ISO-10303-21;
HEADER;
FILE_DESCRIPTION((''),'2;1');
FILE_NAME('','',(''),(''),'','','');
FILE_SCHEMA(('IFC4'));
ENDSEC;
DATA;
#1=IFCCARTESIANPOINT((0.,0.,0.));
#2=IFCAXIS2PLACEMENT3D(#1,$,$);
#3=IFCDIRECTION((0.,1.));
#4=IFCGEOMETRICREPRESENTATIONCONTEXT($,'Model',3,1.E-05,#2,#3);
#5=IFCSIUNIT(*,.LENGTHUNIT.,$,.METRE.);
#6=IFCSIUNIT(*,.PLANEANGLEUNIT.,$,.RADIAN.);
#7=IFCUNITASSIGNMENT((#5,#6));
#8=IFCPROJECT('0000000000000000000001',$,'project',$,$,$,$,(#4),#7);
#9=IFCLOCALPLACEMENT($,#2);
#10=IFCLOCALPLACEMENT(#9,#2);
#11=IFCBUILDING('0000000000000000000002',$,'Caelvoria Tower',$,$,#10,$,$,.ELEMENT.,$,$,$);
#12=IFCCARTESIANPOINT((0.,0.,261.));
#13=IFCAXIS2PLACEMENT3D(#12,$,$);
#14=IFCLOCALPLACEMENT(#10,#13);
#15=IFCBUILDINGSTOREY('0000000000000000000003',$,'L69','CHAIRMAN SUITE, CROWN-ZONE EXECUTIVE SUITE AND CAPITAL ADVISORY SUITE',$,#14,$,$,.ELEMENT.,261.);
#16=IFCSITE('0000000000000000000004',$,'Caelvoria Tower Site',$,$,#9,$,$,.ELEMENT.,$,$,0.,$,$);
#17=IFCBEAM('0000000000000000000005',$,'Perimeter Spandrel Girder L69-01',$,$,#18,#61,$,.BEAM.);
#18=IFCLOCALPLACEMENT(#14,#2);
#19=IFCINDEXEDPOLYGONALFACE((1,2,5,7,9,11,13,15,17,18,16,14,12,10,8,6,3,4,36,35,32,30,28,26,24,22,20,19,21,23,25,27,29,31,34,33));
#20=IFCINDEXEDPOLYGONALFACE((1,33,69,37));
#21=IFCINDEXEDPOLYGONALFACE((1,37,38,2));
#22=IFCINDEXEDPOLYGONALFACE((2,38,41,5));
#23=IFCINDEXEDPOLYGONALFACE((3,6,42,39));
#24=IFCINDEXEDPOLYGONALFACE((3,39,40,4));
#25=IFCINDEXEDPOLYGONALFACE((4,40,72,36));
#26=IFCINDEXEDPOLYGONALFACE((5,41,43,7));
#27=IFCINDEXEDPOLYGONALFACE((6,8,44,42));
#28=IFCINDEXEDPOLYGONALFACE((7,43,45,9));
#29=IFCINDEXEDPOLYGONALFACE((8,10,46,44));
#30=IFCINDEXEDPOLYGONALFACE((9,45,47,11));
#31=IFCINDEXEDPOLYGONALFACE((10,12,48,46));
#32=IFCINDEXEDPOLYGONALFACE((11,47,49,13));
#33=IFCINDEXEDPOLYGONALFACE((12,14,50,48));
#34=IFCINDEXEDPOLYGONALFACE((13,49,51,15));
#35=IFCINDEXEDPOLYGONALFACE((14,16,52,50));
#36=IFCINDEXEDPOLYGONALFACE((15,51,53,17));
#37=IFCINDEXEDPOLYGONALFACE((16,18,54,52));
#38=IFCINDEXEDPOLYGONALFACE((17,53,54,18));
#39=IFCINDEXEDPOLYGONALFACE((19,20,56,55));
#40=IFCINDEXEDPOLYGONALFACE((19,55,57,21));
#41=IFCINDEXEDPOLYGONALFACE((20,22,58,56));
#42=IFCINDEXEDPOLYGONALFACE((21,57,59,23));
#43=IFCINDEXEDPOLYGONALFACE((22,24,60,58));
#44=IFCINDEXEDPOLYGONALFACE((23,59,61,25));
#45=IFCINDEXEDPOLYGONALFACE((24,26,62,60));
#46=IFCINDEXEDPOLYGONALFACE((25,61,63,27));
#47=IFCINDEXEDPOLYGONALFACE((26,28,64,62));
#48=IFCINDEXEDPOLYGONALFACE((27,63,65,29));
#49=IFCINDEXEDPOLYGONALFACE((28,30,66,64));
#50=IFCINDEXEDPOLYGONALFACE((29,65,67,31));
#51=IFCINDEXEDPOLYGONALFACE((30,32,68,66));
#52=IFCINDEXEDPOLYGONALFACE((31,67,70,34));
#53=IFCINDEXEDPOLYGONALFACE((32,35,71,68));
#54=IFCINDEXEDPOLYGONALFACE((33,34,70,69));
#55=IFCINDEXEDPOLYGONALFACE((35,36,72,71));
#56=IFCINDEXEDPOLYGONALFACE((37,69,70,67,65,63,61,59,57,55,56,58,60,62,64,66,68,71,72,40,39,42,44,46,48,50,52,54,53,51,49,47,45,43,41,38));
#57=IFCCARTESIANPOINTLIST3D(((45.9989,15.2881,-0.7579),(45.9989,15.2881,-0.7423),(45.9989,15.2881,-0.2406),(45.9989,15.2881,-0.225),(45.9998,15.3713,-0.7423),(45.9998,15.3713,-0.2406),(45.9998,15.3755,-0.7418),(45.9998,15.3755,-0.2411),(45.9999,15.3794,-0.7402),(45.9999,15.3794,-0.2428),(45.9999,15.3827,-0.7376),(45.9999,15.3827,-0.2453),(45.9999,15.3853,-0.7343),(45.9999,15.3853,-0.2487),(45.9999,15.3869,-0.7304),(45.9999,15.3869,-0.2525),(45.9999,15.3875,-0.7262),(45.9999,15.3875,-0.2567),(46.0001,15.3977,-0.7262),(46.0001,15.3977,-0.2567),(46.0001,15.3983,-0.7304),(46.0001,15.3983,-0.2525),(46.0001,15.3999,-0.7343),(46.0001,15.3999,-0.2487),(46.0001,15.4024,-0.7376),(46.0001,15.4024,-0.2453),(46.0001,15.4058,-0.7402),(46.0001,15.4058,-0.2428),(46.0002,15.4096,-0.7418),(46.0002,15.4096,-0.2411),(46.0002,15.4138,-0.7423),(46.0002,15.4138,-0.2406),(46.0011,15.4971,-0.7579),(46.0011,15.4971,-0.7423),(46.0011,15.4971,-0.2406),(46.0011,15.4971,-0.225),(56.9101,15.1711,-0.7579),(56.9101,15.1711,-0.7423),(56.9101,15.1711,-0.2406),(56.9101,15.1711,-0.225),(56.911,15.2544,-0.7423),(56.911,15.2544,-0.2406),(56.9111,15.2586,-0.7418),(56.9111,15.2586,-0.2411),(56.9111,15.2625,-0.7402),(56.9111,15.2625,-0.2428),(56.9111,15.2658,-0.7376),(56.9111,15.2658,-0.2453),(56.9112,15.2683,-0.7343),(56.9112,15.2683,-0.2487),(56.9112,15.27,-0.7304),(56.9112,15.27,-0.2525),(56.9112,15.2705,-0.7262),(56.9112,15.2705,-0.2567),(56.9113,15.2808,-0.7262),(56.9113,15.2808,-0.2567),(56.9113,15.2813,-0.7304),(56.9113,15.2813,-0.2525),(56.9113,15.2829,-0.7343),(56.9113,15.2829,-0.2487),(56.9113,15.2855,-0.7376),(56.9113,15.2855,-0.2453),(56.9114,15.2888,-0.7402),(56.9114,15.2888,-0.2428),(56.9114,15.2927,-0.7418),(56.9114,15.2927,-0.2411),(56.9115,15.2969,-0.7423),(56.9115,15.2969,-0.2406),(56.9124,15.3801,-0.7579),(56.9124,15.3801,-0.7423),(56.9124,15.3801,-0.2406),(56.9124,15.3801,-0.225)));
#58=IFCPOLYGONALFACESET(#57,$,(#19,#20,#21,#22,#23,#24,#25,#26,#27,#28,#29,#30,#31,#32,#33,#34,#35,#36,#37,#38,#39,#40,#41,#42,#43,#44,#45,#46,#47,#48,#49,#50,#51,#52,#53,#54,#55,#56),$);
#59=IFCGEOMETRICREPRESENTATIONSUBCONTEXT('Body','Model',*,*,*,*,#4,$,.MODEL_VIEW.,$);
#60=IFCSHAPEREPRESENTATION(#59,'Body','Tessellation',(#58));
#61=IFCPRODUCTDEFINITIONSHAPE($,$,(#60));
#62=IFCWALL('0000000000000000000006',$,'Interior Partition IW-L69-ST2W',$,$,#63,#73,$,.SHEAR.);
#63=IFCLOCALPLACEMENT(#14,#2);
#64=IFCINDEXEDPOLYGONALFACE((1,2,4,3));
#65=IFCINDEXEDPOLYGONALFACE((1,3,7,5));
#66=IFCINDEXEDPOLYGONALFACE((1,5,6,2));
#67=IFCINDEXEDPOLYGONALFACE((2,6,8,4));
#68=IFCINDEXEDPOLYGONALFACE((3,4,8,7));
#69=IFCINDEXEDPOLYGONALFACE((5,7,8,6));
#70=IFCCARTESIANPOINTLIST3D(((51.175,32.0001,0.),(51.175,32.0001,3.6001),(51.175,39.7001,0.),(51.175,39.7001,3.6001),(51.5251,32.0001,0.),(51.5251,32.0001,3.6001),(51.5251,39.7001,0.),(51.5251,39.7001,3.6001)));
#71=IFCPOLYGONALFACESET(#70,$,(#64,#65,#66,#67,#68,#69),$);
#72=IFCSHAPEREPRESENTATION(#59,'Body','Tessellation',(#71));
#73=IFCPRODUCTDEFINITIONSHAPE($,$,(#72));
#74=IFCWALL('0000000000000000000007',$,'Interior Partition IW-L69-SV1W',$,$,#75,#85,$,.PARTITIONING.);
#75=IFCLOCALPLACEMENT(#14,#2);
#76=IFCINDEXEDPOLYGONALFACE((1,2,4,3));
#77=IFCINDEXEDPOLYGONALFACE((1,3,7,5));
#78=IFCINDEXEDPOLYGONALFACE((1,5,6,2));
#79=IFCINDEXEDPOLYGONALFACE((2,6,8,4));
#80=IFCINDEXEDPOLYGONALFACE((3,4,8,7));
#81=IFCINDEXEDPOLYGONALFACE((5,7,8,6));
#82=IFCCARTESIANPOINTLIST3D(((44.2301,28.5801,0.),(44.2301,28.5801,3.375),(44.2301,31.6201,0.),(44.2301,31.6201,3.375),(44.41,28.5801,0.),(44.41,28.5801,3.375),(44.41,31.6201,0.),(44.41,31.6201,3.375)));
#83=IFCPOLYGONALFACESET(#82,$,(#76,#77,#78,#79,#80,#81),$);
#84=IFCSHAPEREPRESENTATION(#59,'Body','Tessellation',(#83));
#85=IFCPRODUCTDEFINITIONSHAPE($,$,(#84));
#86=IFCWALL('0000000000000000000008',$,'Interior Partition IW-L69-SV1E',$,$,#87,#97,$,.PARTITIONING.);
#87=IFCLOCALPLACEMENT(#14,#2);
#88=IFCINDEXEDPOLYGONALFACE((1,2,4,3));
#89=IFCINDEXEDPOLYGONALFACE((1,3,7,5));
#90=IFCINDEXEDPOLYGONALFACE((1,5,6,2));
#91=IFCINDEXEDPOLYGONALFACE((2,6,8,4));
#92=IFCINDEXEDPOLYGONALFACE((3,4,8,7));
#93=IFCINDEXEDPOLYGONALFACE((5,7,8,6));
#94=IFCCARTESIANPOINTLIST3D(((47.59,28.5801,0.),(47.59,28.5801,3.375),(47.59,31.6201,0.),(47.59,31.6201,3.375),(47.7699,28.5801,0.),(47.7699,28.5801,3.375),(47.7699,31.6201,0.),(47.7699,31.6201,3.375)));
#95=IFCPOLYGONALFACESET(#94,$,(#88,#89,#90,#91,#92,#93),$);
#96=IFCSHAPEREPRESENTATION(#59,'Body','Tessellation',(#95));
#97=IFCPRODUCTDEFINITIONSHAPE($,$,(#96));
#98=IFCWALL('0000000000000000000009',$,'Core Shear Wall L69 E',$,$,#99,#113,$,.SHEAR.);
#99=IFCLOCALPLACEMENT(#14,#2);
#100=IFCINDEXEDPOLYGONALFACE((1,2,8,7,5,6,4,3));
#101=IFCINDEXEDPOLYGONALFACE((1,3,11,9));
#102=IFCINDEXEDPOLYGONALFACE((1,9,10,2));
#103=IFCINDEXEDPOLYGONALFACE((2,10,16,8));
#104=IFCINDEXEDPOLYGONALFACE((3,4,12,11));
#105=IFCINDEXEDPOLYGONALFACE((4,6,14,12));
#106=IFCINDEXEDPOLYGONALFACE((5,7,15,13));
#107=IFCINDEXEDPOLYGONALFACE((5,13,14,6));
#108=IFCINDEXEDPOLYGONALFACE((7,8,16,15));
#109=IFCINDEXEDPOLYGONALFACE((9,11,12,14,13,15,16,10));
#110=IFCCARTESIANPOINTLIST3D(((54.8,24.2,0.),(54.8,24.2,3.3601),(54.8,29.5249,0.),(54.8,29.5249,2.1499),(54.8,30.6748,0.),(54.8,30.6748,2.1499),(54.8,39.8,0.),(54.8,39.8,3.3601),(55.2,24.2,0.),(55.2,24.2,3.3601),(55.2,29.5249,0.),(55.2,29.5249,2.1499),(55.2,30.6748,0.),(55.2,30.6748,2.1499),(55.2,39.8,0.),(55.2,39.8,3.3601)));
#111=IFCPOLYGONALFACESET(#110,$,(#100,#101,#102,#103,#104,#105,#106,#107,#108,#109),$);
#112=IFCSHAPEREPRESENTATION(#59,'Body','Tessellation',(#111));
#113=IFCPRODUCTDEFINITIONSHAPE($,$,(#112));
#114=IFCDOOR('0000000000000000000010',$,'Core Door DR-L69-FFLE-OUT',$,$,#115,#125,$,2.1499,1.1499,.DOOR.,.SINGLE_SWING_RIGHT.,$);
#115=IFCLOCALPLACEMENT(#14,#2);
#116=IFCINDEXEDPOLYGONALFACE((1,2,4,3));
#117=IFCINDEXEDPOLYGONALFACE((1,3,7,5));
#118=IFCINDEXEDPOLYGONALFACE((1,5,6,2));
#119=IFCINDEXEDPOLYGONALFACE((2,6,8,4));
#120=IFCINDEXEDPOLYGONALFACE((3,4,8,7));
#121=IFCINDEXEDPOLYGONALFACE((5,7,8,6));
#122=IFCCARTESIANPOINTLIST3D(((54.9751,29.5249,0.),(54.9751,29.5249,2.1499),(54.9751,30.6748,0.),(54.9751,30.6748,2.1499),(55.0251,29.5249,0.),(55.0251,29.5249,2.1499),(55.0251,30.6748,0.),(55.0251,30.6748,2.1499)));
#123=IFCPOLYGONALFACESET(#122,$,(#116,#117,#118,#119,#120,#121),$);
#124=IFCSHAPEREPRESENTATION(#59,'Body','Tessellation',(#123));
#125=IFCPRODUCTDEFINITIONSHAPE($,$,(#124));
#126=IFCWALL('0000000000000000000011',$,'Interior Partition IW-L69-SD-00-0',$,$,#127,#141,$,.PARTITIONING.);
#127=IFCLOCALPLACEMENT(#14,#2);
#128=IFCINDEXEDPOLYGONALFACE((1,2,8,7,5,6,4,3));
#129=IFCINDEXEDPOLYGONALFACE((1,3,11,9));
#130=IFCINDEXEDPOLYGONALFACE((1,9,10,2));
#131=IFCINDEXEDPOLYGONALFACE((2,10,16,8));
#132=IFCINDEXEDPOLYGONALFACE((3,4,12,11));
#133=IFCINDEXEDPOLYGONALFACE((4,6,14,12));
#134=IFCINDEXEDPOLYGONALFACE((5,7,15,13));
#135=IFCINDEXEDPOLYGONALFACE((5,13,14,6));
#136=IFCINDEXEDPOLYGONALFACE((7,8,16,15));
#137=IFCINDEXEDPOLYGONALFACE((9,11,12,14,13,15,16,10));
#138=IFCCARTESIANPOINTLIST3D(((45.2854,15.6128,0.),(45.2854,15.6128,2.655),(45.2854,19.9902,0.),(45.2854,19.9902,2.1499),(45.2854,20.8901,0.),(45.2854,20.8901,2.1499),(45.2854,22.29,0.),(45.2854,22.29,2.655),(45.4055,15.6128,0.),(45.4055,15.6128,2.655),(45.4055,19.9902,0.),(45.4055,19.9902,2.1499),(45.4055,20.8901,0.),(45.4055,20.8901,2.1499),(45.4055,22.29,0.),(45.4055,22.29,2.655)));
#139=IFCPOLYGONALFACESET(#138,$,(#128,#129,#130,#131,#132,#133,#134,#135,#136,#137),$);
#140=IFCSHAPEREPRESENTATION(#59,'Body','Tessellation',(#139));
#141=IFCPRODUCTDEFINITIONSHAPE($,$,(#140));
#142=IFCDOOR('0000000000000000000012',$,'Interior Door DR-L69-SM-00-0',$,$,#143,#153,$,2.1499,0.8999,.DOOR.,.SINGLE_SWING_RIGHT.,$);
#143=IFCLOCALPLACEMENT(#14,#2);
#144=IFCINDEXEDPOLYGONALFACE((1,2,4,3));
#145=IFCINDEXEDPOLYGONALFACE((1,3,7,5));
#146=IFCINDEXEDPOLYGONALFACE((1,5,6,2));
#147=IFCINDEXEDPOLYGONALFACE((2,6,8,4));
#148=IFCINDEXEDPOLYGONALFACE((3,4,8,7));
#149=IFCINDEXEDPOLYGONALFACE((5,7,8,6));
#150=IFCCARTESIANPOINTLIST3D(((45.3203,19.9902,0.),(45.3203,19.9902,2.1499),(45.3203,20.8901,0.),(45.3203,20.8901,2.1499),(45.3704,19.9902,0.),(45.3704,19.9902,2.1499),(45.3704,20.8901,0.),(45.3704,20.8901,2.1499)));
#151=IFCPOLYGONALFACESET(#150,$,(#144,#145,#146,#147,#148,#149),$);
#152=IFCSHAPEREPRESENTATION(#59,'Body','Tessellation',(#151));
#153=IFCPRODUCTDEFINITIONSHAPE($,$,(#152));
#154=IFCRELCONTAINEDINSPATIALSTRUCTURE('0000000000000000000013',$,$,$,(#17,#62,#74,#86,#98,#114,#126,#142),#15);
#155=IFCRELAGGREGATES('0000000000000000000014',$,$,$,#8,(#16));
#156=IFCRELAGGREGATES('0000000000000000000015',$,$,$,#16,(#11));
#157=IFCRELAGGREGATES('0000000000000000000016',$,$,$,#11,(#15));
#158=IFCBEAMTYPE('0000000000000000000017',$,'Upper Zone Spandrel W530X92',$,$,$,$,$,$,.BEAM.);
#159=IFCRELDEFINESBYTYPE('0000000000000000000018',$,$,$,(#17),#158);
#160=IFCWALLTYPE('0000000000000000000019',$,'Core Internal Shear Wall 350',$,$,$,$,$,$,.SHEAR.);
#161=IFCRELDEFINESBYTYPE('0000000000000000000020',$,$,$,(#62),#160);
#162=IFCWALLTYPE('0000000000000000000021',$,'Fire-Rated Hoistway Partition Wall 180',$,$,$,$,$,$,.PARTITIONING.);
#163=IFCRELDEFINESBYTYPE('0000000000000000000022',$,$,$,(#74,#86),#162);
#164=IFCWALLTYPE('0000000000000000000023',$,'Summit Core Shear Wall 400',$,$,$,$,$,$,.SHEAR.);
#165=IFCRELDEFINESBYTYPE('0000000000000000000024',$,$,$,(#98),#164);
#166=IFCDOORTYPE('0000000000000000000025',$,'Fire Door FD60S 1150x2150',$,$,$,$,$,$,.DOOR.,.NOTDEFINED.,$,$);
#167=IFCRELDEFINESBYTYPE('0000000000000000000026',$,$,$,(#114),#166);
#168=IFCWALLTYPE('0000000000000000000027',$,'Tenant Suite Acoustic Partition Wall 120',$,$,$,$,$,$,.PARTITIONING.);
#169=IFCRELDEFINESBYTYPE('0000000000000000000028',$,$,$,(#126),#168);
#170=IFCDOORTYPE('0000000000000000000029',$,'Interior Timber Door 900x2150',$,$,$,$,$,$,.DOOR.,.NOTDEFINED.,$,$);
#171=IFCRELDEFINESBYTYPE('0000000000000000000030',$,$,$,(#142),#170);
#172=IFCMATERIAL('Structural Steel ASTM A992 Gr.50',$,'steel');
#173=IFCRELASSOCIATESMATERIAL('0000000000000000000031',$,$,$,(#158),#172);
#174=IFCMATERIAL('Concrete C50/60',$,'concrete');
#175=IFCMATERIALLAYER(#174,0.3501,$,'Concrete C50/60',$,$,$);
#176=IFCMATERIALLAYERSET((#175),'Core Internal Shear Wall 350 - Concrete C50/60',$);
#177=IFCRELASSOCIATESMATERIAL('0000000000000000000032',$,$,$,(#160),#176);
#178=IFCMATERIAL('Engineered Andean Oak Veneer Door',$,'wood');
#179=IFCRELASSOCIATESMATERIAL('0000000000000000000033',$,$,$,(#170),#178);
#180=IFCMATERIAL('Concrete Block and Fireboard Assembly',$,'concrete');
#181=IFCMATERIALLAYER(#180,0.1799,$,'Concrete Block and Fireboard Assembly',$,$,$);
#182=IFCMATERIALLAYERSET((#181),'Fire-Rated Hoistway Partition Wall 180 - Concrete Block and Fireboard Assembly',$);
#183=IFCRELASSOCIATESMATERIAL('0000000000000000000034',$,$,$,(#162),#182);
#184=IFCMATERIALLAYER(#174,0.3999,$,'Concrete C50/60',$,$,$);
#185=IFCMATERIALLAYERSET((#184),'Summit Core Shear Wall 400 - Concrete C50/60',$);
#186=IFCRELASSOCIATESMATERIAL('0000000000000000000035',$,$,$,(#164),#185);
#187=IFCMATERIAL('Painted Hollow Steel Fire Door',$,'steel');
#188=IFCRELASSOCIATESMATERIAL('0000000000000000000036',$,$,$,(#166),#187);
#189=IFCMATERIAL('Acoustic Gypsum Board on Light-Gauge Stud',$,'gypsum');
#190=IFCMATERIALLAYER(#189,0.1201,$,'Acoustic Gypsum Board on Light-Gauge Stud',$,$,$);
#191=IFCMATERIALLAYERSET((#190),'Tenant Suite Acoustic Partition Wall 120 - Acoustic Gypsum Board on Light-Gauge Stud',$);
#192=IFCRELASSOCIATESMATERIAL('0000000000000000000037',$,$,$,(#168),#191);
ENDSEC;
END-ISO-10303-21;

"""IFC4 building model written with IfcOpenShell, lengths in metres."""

from ifc_helpers import new_model, si_unit, direction, frame, frame_2d, origin, origin_2d, place, context, subcontext, project, spatial, rectangle, i_section, extrude, material, layer, layer_set, material_profile, profile_set, type_object, element, fill, save


model = new_model("IFC4")

# Units and contexts
model_context = context("Model", 3, precision=1e-05, world=origin(), true_north=direction((0.0, 1.0)))
body_context = subcontext(model_context, "Body", "Model", "MODEL_VIEW")
ifc_project = project(units=[si_unit("LENGTHUNIT", "METRE"), si_unit("PLANEANGLEUNIT", "RADIAN")], contexts=[model_context])

# Site, building, storey
site_placement = place(None, origin())
site = spatial("IfcSite", under=ifc_project, at=site_placement, Name="Caelvoria Tower Site", CompositionType="ELEMENT", RefElevation=0.0)
building_placement = place(site_placement, origin())
building = spatial("IfcBuilding", under=site, at=building_placement, Name="Caelvoria Tower", CompositionType="ELEMENT")
storey_placement = place(building_placement, frame((0.0, 0.0, 261.0)))
storey = spatial("IfcBuildingStorey", under=building, at=storey_placement, Name="L69", Description="CHAIRMAN SUITE, CROWN-ZONE EXECUTIVE SUITE AND CAPITAL ADVISORY SUITE", CompositionType="ELEMENT", Elevation=261.0)

# Shared definitions
ifc_material_1 = material(Name="Structural Steel ASTM A992 Gr.50", Category="steel")

# Beam
ifc_material_profile_1 = material_profile(ifc_material_1, i_section(OverallWidth=0.209, OverallDepth=0.533, WebThickness=0.0103, FlangeThickness=0.0156, FilletRadius=0.0161, at=origin_2d()), Name="Structural Steel ASTM A992 Gr.50")
ifc_profile_set_1 = profile_set([ifc_material_profile_1], Name="W530X92 - Structural Steel ASTM A992 Gr.50")
beam_type_1 = type_object("IfcBeamType", Name="Upper Zone Spandrel W530X92", PredefinedType="BEAM", material=ifc_profile_set_1)
beam_1_placement = place(storey_placement, frame((46.0, 15.3926, -0.4915), z_axis=(0.999943, -0.010717, 0.0), x_axis=(0.010717, 0.999943, 0.0)))
element("IfcBeam", 1, at=beam_1_placement, inside=storey, type_object=beam_type_1, Name="Perimeter Spandrel Girder L69-01", PredefinedType="BEAM", context=body_context, shape_type="SweptSolid", body=[
    extrude(i_section(OverallWidth=0.209, OverallDepth=0.533, WebThickness=0.0103, FlangeThickness=0.0156, FilletRadius=0.0161, at=origin_2d()), origin(), (0.0, 0.0, 1.0), 10.9119),
])

# Wall
ifc_material_2 = material(Name="Concrete C50/60", Category="concrete")
ifc_layer_1 = layer(ifc_material_2, 0.3501, Name="Concrete C50/60")
ifc_layer_set_1 = layer_set([ifc_layer_1], Name="Core Internal Shear Wall 350 - Concrete C50/60")
wall_type_1 = type_object("IfcWallType", Name="Core Internal Shear Wall 350", PredefinedType="SHEAR", material=ifc_layer_set_1)
wall_1_placement = place(storey_placement, frame((51.3501, 32.0, 0.0), z_axis=(0.0, 0.0, 1.0), x_axis=(0.0, 1.0, 0.0)))
element("IfcWall", 2, at=wall_1_placement, inside=storey, type_object=wall_type_1, Name="Interior Partition IW-L69-ST2W", PredefinedType="SHEAR", context=body_context, shape_type="SweptSolid", body=[
    extrude(rectangle(XDim=7.7, YDim=0.3501, at=frame_2d((3.8501, 0.0))), origin(), (0.0, 0.0, 1.0), 3.6001),
])

# Shared definitions
ifc_material_3 = material(Name="Engineered Andean Oak Veneer Door", Category="wood")
door_type_1 = type_object("IfcDoorType", Name="Interior Timber Door 900x2150", OperationType="NOTDEFINED", PredefinedType="DOOR", material=ifc_material_3)

# Walls
ifc_material_4 = material(Name="Concrete Block and Fireboard Assembly", Category="concrete")
ifc_layer_2 = layer(ifc_material_4, 0.1799, Name="Concrete Block and Fireboard Assembly")
ifc_layer_set_2 = layer_set([ifc_layer_2], Name="Fire-Rated Hoistway Partition Wall 180 - Concrete Block and Fireboard Assembly")
wall_type_2 = type_object("IfcWallType", Name="Fire-Rated Hoistway Partition Wall 180", PredefinedType="PARTITIONING", material=ifc_layer_set_2)
for number, where, z_axis, x_axis, name in (
    (3, (44.3201, 28.5801, 0.0), (0.0, 0.0, 1.0), (0.0, 1.0, 0.0), "Interior Partition IW-L69-SV1W"),
    (4, (47.6799, 28.5801, 0.0), (0.0, 0.0, 1.0), (0.0, 1.0, 0.0), "Interior Partition IW-L69-SV1E"),
):
    element("IfcWall", number, at=place(storey_placement, frame(where, z_axis=z_axis, x_axis=x_axis)), inside=storey, type_object=wall_type_2, Name=name, PredefinedType="PARTITIONING", context=body_context, shape_type="SweptSolid", body=[
        extrude(rectangle(XDim=3.04, YDim=0.1799, at=frame_2d((1.52, 0.0))), origin(), (0.0, 0.0, 1.0), 3.375),
    ])

# Walls, openings, doors
ifc_layer_3 = layer(ifc_material_2, 0.3999, Name="Concrete C50/60")
ifc_layer_set_3 = layer_set([ifc_layer_3], Name="Summit Core Shear Wall 400 - Concrete C50/60")
wall_type_3 = type_object("IfcWallType", Name="Summit Core Shear Wall 400", PredefinedType="SHEAR", material=ifc_layer_set_3)
wall_2_placement = place(storey_placement, frame((55.0, 24.2, 0.0), z_axis=(0.0, 0.0, 1.0), x_axis=(0.0, 1.0, 0.0)))
wall_2 = element("IfcWall", 5, at=wall_2_placement, inside=storey, type_object=wall_type_3, Name="Core Shear Wall L69 E", PredefinedType="SHEAR", context=body_context, shape_type="SweptSolid", body=[
    extrude(rectangle(XDim=15.6001, YDim=0.3999, at=frame_2d((7.8, 0.0))), origin(), (0.0, 0.0, 1.0), 3.3601),
])
opening_1_placement = place(wall_2_placement, frame((5.325, 0.0, 0.0)))
opening_1 = element("IfcOpeningElement", 6, at=opening_1_placement, cuts=wall_2, PredefinedType="OPENING", context=body_context, shape_type="SweptSolid", body=[
    extrude(rectangle(XDim=1.1499, YDim=2.1499, at=frame_2d((0.575, 1.075))), frame((0.0, 0.21, 0.0), z_axis=(0.0, -1.0, 0.0), x_axis=(1.0, 0.0, 0.0)), (0.0, 0.0, 1.0), 0.4199),
])
ifc_material_5 = material(Name="Painted Hollow Steel Fire Door", Category="steel")
door_type_2 = type_object("IfcDoorType", Name="Fire Door FD60S 1150x2150", OperationType="NOTDEFINED", PredefinedType="DOOR", material=ifc_material_5)
door_1_placement = place(opening_1_placement, origin())
door_1 = element("IfcDoor", 7, at=door_1_placement, inside=storey, type_object=door_type_2, Name="Core Door DR-L69-FFLE-OUT", OperationType="SINGLE_SWING_RIGHT", OverallHeight=2.1499, OverallWidth=1.1499, PredefinedType="DOOR", context=body_context, shape_type="SweptSolid", body=[
    extrude(rectangle(XDim=1.1499, YDim=2.1499, at=frame_2d((0.575, 1.075))), frame((0.0, 0.0249, 0.0), z_axis=(0.0, -1.0, 0.0), x_axis=(1.0, 0.0, 0.0)), (0.0, 0.0, 1.0), 0.05),
])
fill(opening_1, door_1)
ifc_material_6 = material(Name="Acoustic Gypsum Board on Light-Gauge Stud", Category="gypsum")
ifc_layer_4 = layer(ifc_material_6, 0.1201, Name="Acoustic Gypsum Board on Light-Gauge Stud")
ifc_layer_set_4 = layer_set([ifc_layer_4], Name="Tenant Suite Acoustic Partition Wall 120 - Acoustic Gypsum Board on Light-Gauge Stud")
wall_type_4 = type_object("IfcWallType", Name="Tenant Suite Acoustic Partition Wall 120", PredefinedType="PARTITIONING", material=ifc_layer_set_4)
wall_3_placement = place(storey_placement, frame((45.3455, 22.29, 0.0), z_axis=(0.0, 0.0, 1.0), x_axis=(0.0, -1.0, 0.0)))
wall_3 = element("IfcWall", 8, at=wall_3_placement, inside=storey, type_object=wall_type_4, Name="Interior Partition IW-L69-SD-00-0", PredefinedType="PARTITIONING", context=body_context, shape_type="SweptSolid", body=[
    extrude(rectangle(XDim=6.6772, YDim=0.1201, at=frame_2d((3.3386, 0.0))), origin(), (0.0, 0.0, 1.0), 2.655),
])
opening_2_placement = place(wall_3_placement, frame((1.3999, 0.0, 0.0)))
opening_2 = element("IfcOpeningElement", 9, at=opening_2_placement, cuts=wall_3, PredefinedType="OPENING", context=body_context, shape_type="SweptSolid", body=[
    extrude(rectangle(XDim=0.8999, YDim=2.1499, at=frame_2d((0.45, 1.075))), frame((0.0, 0.0701, 0.0), z_axis=(0.0, -1.0, 0.0), x_axis=(1.0, 0.0, 0.0)), (0.0, 0.0, 1.0), 0.1401),
])
door_2_placement = place(opening_2_placement, origin())
door_2 = element("IfcDoor", 10, at=door_2_placement, inside=storey, type_object=door_type_1, Name="Interior Door DR-L69-SM-00-0", OperationType="SINGLE_SWING_RIGHT", OverallHeight=2.1499, OverallWidth=0.8999, PredefinedType="DOOR", context=body_context, shape_type="SweptSolid", body=[
    extrude(rectangle(XDim=0.8999, YDim=2.1499, at=frame_2d((0.45, 1.075))), frame((0.0, 0.0249, 0.0), z_axis=(0.0, -1.0, 0.0), x_axis=(1.0, 0.0, 0.0)), (0.0, 0.0, 1.0), 0.05),
])
fill(opening_2, door_2)

save(model, "model.ifc")
